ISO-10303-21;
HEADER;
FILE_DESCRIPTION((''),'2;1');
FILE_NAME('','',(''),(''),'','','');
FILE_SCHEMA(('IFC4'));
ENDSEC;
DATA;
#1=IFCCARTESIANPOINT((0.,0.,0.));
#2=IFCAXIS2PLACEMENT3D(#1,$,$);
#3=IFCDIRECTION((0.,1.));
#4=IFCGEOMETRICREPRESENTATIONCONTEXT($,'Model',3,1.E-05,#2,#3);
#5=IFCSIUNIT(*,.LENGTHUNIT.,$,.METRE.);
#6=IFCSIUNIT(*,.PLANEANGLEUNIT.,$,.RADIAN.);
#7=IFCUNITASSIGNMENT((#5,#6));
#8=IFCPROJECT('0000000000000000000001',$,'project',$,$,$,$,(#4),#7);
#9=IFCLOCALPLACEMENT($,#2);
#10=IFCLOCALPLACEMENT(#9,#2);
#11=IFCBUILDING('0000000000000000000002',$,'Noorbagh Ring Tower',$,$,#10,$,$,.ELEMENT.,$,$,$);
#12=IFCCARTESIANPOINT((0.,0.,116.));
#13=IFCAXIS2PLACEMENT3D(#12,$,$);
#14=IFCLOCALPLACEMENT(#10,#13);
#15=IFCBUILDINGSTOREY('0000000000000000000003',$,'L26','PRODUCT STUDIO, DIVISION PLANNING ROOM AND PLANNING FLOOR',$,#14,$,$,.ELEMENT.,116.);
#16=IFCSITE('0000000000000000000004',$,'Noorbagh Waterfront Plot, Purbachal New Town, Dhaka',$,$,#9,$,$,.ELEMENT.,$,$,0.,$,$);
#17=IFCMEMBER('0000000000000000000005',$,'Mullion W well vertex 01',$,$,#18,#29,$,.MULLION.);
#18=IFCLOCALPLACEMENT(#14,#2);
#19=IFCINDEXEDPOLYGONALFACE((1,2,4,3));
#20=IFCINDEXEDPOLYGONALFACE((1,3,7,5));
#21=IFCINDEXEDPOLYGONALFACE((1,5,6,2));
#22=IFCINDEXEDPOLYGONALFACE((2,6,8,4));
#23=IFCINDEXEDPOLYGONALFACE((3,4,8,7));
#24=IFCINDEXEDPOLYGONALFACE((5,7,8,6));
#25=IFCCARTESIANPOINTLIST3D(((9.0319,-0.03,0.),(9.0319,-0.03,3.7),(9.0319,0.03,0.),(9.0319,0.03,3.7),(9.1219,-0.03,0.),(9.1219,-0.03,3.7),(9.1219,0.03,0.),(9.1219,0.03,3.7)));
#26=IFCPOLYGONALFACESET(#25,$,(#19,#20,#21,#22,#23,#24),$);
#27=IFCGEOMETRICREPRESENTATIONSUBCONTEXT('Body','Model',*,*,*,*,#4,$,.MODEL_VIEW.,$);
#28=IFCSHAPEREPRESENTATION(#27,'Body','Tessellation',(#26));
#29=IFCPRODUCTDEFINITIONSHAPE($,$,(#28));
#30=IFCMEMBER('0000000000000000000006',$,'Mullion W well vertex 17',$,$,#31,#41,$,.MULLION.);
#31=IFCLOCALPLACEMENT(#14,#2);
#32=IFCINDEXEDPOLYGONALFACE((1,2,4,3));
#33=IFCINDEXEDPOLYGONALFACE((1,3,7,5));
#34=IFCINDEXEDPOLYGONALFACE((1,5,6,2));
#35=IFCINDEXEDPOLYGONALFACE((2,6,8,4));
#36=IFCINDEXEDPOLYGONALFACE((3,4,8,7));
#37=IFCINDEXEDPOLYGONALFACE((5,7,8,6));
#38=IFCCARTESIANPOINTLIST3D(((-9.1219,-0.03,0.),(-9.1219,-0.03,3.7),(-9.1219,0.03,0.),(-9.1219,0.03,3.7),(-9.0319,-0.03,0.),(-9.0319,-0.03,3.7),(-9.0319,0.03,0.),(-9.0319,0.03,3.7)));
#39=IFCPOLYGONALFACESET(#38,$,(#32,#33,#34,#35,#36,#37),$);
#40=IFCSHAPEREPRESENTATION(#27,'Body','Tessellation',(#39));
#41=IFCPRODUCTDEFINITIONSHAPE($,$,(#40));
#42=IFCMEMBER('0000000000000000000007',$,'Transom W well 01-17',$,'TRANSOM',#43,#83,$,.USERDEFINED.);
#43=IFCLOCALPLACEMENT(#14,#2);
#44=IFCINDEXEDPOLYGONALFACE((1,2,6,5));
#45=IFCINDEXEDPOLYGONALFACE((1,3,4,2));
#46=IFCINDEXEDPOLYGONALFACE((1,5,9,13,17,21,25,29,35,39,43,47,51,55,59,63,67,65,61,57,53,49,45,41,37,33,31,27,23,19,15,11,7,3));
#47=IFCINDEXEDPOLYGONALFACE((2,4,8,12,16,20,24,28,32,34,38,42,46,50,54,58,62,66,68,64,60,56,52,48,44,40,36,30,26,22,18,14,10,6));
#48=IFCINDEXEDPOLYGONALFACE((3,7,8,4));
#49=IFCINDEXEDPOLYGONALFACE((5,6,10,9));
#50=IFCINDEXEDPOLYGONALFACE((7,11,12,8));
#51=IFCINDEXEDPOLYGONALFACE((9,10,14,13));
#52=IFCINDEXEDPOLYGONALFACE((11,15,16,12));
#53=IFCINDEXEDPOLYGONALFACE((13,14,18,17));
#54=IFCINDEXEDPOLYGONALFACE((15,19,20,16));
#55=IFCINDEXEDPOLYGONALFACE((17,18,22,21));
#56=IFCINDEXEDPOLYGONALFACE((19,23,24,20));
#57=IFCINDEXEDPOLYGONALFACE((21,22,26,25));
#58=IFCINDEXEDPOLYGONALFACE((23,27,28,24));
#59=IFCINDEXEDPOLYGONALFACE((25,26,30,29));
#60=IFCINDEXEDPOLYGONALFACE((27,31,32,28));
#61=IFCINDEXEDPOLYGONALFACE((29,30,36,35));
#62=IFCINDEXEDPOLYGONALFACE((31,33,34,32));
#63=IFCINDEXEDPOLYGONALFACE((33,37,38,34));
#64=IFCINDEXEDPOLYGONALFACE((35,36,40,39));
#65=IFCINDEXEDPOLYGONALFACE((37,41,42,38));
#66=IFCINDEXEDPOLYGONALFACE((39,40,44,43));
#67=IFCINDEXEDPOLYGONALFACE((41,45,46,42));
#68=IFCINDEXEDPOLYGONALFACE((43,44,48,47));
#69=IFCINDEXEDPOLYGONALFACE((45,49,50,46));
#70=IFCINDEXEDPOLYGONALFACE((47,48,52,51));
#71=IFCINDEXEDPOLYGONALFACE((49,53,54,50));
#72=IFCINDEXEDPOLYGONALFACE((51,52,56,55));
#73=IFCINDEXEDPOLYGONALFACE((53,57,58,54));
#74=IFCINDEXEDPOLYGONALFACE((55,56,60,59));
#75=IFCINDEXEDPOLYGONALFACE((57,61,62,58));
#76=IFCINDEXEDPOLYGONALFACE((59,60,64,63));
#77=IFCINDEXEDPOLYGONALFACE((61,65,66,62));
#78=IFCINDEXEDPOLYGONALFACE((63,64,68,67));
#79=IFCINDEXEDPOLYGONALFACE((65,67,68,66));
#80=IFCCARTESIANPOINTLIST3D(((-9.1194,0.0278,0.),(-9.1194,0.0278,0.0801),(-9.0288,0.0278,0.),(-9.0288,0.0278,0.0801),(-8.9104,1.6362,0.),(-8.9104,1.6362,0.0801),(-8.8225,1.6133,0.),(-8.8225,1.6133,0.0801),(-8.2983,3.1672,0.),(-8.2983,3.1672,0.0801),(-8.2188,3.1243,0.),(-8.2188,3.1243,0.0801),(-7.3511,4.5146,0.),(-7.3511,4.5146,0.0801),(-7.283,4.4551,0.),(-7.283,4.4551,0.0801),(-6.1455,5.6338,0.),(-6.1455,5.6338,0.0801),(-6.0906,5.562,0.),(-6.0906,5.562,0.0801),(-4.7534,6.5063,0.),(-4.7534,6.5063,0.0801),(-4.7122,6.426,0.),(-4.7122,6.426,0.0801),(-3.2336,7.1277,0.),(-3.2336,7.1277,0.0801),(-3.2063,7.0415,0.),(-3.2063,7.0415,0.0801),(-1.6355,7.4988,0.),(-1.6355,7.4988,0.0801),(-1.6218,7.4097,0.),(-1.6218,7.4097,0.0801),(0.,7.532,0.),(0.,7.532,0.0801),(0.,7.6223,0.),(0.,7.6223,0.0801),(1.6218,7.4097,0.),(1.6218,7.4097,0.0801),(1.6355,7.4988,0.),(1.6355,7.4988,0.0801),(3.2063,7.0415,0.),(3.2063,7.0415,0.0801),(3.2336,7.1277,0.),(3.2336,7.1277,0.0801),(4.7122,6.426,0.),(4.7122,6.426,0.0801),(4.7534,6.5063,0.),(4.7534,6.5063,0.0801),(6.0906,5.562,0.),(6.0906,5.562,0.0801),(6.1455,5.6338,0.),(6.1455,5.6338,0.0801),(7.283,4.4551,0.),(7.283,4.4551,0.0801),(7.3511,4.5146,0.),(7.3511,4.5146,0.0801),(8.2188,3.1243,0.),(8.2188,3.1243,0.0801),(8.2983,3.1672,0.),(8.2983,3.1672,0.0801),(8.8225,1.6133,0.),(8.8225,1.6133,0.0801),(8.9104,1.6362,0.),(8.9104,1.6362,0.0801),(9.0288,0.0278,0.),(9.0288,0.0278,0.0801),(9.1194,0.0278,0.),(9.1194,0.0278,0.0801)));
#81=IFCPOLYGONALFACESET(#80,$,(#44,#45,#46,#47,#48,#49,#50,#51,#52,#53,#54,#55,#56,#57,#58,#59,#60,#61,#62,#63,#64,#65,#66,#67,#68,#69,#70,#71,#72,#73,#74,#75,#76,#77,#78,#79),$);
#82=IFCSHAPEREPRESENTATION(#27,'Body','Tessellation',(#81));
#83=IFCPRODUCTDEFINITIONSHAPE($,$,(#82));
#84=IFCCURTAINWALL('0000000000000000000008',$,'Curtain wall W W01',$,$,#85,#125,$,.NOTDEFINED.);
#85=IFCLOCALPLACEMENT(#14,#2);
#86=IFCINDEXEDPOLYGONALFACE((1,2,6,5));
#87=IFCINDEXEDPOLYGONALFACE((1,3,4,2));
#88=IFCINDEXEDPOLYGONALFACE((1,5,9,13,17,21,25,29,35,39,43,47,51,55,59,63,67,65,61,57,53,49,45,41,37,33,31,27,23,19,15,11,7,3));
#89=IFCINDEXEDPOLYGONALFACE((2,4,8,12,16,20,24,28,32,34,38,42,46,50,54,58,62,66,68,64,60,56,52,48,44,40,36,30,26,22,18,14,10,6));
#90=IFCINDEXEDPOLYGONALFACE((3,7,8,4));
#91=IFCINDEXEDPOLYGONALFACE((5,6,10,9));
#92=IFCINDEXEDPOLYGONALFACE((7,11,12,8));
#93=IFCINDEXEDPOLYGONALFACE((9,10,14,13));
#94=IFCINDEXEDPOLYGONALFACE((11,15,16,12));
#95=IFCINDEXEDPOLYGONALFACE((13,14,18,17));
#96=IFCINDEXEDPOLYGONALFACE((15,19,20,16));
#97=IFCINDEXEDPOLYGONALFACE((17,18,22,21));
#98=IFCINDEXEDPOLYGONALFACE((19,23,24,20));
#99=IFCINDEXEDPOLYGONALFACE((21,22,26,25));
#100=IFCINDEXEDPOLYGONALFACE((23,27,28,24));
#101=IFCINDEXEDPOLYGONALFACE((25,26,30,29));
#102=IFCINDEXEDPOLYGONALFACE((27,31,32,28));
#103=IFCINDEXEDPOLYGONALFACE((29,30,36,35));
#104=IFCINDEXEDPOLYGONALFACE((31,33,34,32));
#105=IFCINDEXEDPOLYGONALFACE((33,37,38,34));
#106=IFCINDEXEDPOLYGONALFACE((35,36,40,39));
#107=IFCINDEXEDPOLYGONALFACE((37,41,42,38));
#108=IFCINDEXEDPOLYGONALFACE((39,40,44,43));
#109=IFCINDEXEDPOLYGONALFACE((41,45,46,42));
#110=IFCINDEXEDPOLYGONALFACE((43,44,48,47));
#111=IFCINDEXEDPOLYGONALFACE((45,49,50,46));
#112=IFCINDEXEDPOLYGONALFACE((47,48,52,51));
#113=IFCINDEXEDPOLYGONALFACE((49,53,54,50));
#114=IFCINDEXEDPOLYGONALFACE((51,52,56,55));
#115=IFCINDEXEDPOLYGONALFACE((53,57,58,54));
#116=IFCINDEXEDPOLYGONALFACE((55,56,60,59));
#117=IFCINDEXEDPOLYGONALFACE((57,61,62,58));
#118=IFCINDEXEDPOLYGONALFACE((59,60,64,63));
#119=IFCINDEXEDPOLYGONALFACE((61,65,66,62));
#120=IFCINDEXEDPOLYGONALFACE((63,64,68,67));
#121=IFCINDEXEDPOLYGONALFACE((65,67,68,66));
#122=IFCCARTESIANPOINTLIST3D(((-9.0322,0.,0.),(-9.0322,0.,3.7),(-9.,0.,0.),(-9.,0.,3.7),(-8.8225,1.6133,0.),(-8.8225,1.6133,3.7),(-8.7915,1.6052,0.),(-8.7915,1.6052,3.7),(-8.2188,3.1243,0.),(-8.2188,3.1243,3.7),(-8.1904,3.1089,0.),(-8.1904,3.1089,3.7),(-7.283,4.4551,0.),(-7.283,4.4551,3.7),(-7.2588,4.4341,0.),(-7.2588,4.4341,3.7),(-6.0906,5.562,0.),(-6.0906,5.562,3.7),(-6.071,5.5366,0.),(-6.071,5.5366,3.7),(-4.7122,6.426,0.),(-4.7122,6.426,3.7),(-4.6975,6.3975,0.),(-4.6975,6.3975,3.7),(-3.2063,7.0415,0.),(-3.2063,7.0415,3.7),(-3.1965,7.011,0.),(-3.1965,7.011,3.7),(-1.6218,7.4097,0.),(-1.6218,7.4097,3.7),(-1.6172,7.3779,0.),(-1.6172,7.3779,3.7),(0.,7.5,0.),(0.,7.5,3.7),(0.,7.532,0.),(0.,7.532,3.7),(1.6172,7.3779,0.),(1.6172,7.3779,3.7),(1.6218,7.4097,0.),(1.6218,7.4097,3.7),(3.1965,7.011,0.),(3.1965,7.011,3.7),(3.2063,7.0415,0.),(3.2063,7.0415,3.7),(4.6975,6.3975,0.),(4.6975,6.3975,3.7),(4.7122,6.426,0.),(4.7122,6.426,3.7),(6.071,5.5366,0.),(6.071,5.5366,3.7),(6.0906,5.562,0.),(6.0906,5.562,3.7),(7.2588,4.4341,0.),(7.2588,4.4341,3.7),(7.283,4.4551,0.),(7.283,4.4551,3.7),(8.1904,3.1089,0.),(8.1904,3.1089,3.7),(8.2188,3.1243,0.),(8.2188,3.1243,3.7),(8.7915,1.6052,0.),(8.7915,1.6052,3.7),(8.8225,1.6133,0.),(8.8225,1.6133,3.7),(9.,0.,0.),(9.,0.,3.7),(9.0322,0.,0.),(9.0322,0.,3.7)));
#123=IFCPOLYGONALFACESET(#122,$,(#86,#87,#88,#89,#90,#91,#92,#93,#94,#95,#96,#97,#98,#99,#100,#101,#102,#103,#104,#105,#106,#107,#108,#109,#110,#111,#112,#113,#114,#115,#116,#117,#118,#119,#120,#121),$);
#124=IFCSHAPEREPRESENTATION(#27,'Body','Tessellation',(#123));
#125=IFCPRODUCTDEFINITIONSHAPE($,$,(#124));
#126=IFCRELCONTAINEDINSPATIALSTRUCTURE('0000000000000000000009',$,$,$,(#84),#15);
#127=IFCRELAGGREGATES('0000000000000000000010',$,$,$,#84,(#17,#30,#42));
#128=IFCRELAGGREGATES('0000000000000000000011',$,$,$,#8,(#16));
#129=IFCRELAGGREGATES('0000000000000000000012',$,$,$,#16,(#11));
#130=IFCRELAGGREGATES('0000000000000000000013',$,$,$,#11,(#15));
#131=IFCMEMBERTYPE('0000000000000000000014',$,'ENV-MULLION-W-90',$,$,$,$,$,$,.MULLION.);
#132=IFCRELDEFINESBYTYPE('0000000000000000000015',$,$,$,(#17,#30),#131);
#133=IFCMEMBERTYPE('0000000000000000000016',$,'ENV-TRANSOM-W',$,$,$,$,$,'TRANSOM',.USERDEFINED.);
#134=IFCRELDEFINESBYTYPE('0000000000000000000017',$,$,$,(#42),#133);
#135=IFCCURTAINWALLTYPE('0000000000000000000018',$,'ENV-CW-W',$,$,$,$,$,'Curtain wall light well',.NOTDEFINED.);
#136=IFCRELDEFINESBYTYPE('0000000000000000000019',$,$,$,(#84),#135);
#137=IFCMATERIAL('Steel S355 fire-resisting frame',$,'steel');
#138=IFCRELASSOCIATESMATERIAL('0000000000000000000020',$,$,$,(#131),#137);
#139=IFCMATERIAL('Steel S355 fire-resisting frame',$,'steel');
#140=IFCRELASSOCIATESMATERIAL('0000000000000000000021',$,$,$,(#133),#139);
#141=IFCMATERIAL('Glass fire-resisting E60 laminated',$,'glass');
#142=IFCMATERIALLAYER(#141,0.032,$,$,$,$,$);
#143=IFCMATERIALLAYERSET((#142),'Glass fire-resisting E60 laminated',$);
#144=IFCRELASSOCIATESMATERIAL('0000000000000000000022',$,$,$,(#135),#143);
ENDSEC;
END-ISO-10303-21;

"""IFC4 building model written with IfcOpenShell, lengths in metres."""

from ifc_helpers import new_model, si_unit, direction, frame, origin, origin_2d, place, context, subcontext, project, spatial, polyline, rectangle, outline, extrude, material, layer, layer_set, material_profile, profile_set, type_object, element, aggregate, save


model = new_model("IFC4")

# Units and contexts
model_context = context("Model", 3, precision=1e-05, world=origin(), true_north=direction((0.0, 1.0)))
body_context = subcontext(model_context, "Body", "Model", "MODEL_VIEW")
ifc_project = project(units=[si_unit("LENGTHUNIT", "METRE"), si_unit("PLANEANGLEUNIT", "RADIAN")], contexts=[model_context])

# Site, building, storey
site_placement = place(None, origin())
site = spatial("IfcSite", under=ifc_project, at=site_placement, Name="Noorbagh Waterfront Plot, Purbachal New Town, Dhaka", CompositionType="ELEMENT", RefElevation=0.0)
building_placement = place(site_placement, origin())
building = spatial("IfcBuilding", under=site, at=building_placement, Name="Noorbagh Ring Tower", CompositionType="ELEMENT")
storey_placement = place(building_placement, frame((0.0, 0.0, 116.0)))
storey = spatial("IfcBuildingStorey", under=building, at=storey_placement, Name="L26", Description="PRODUCT STUDIO, DIVISION PLANNING ROOM AND PLANNING FLOOR", CompositionType="ELEMENT", Elevation=116.0)

# Members
ifc_material_1 = material(Name="Steel S355 fire-resisting frame", Category="steel")
ifc_material_profile_1 = material_profile(ifc_material_1, rectangle(XDim=0.0901, YDim=0.0601, at=origin_2d()), Name="90x60")
ifc_profile_set_1 = profile_set([ifc_material_profile_1], Name="Steel S355 fire-resisting frame")
member_type_1 = type_object("IfcMemberType", Name="ENV-MULLION-W-90", PredefinedType="MULLION", material=ifc_profile_set_1)
member_1_placement = place(storey_placement, frame((9.0769, 0.0, 0.0), z_axis=(0.0, 0.0, 1.0), x_axis=(1.0, 0.0, 0.0)))
member_1 = element("IfcMember", 1, at=member_1_placement, type_object=member_type_1, Name="Mullion W well vertex 01", PredefinedType="MULLION", context=body_context, shape_type="SweptSolid", body=[
    extrude(rectangle(XDim=0.0901, YDim=0.0601, at=origin_2d()), origin(), (0.0, 0.0, 1.0), 3.7),
])
member_2_placement = place(storey_placement, frame((-9.0769, 0.0, 0.0), z_axis=(0.0, 0.0, 1.0), x_axis=(-1.0, 0.0, 0.0)))
member_2 = element("IfcMember", 2, at=member_2_placement, type_object=member_type_1, Name="Mullion W well vertex 17", PredefinedType="MULLION", context=body_context, shape_type="SweptSolid", body=[
    extrude(rectangle(XDim=0.0901, YDim=0.0601, at=origin_2d()), origin(), (0.0, 0.0, 1.0), 3.7),
])
ifc_material_2 = material(Name="Steel S355 fire-resisting frame", Category="steel")
member_type_2 = type_object("IfcMemberType", Name="ENV-TRANSOM-W", ElementType="TRANSOM", PredefinedType="USERDEFINED", material=ifc_material_2)
member_3_placement = place(storey_placement, origin())
member_3 = element("IfcMember", 3, at=member_3_placement, type_object=member_type_2, Name="Transom W well 01-17", ObjectType="TRANSOM", PredefinedType="USERDEFINED", context=body_context, shape_type="SweptSolid", body=[
    extrude(outline(polyline([(9.1194, 0.0278), (8.9104, 1.6362), (8.2983, 3.1672), (7.3511, 4.5146), (6.1455, 5.6338), (4.7534, 6.5063), (3.2336, 7.1277), (1.6355, 7.4988), (0.0, 7.6223), (-1.6355, 7.4988), (-3.2336, 7.1277), (-4.7534, 6.5063), (-6.1455, 5.6338), (-7.3511, 4.5146), (-8.2983, 3.1672), (-8.9104, 1.6362), (-9.1194, 0.0278), (-9.0288, 0.0278), (-8.8225, 1.6133), (-8.2188, 3.1243), (-7.283, 4.4551), (-6.0906, 5.562), (-4.7122, 6.426), (-3.2063, 7.0415), (-1.6218, 7.4097), (0.0, 7.532), (1.6218, 7.4097), (3.2063, 7.0415), (4.7122, 6.426), (6.0906, 5.562), (7.283, 4.4551), (8.2188, 3.1243), (8.8225, 1.6133), (9.0288, 0.0278), (9.1194, 0.0278)])), origin(), (0.0, 0.0, 1.0), 0.0801),
])

# Curtain wall
ifc_material_3 = material(Name="Glass fire-resisting E60 laminated", Category="glass")
ifc_layer_1 = layer(ifc_material_3, 0.032)
ifc_layer_set_1 = layer_set([ifc_layer_1], Name="Glass fire-resisting E60 laminated")
curtain_wall_type_1 = type_object("IfcCurtainWallType", Name="ENV-CW-W", ElementType="Curtain wall light well", PredefinedType="NOTDEFINED", material=ifc_layer_set_1)
curtain_wall_1_placement = place(storey_placement, origin())
curtain_wall_1 = element("IfcCurtainWall", 4, at=curtain_wall_1_placement, inside=storey, type_object=curtain_wall_type_1, Name="Curtain wall W W01", PredefinedType="NOTDEFINED", context=body_context, shape_type="SweptSolid", body=[
    extrude(outline(polyline([(9.0322, 0.0), (8.8225, 1.6133), (8.2188, 3.1243), (7.283, 4.4551), (6.0906, 5.562), (4.7122, 6.426), (3.2063, 7.0415), (1.6218, 7.4097), (0.0, 7.532), (-1.6218, 7.4097), (-3.2063, 7.0415), (-4.7122, 6.426), (-6.0906, 5.562), (-7.283, 4.4551), (-8.2188, 3.1243), (-8.8225, 1.6133), (-9.0322, 0.0), (-9.0, 0.0), (-8.7915, 1.6052), (-8.1904, 3.1089), (-7.2588, 4.4341), (-6.071, 5.5366), (-4.6975, 6.3975), (-3.1965, 7.011), (-1.6172, 7.3779), (0.0, 7.5), (1.6172, 7.3779), (3.1965, 7.011), (4.6975, 6.3975), (6.071, 5.5366), (7.2588, 4.4341), (8.1904, 3.1089), (8.7915, 1.6052), (9.0, 0.0), (9.0322, 0.0)])), origin(), (0.0, 0.0, 1.0), 3.7),
])
aggregate(curtain_wall_1, [member_1, member_2, member_3])

save(model, "model.ifc")
